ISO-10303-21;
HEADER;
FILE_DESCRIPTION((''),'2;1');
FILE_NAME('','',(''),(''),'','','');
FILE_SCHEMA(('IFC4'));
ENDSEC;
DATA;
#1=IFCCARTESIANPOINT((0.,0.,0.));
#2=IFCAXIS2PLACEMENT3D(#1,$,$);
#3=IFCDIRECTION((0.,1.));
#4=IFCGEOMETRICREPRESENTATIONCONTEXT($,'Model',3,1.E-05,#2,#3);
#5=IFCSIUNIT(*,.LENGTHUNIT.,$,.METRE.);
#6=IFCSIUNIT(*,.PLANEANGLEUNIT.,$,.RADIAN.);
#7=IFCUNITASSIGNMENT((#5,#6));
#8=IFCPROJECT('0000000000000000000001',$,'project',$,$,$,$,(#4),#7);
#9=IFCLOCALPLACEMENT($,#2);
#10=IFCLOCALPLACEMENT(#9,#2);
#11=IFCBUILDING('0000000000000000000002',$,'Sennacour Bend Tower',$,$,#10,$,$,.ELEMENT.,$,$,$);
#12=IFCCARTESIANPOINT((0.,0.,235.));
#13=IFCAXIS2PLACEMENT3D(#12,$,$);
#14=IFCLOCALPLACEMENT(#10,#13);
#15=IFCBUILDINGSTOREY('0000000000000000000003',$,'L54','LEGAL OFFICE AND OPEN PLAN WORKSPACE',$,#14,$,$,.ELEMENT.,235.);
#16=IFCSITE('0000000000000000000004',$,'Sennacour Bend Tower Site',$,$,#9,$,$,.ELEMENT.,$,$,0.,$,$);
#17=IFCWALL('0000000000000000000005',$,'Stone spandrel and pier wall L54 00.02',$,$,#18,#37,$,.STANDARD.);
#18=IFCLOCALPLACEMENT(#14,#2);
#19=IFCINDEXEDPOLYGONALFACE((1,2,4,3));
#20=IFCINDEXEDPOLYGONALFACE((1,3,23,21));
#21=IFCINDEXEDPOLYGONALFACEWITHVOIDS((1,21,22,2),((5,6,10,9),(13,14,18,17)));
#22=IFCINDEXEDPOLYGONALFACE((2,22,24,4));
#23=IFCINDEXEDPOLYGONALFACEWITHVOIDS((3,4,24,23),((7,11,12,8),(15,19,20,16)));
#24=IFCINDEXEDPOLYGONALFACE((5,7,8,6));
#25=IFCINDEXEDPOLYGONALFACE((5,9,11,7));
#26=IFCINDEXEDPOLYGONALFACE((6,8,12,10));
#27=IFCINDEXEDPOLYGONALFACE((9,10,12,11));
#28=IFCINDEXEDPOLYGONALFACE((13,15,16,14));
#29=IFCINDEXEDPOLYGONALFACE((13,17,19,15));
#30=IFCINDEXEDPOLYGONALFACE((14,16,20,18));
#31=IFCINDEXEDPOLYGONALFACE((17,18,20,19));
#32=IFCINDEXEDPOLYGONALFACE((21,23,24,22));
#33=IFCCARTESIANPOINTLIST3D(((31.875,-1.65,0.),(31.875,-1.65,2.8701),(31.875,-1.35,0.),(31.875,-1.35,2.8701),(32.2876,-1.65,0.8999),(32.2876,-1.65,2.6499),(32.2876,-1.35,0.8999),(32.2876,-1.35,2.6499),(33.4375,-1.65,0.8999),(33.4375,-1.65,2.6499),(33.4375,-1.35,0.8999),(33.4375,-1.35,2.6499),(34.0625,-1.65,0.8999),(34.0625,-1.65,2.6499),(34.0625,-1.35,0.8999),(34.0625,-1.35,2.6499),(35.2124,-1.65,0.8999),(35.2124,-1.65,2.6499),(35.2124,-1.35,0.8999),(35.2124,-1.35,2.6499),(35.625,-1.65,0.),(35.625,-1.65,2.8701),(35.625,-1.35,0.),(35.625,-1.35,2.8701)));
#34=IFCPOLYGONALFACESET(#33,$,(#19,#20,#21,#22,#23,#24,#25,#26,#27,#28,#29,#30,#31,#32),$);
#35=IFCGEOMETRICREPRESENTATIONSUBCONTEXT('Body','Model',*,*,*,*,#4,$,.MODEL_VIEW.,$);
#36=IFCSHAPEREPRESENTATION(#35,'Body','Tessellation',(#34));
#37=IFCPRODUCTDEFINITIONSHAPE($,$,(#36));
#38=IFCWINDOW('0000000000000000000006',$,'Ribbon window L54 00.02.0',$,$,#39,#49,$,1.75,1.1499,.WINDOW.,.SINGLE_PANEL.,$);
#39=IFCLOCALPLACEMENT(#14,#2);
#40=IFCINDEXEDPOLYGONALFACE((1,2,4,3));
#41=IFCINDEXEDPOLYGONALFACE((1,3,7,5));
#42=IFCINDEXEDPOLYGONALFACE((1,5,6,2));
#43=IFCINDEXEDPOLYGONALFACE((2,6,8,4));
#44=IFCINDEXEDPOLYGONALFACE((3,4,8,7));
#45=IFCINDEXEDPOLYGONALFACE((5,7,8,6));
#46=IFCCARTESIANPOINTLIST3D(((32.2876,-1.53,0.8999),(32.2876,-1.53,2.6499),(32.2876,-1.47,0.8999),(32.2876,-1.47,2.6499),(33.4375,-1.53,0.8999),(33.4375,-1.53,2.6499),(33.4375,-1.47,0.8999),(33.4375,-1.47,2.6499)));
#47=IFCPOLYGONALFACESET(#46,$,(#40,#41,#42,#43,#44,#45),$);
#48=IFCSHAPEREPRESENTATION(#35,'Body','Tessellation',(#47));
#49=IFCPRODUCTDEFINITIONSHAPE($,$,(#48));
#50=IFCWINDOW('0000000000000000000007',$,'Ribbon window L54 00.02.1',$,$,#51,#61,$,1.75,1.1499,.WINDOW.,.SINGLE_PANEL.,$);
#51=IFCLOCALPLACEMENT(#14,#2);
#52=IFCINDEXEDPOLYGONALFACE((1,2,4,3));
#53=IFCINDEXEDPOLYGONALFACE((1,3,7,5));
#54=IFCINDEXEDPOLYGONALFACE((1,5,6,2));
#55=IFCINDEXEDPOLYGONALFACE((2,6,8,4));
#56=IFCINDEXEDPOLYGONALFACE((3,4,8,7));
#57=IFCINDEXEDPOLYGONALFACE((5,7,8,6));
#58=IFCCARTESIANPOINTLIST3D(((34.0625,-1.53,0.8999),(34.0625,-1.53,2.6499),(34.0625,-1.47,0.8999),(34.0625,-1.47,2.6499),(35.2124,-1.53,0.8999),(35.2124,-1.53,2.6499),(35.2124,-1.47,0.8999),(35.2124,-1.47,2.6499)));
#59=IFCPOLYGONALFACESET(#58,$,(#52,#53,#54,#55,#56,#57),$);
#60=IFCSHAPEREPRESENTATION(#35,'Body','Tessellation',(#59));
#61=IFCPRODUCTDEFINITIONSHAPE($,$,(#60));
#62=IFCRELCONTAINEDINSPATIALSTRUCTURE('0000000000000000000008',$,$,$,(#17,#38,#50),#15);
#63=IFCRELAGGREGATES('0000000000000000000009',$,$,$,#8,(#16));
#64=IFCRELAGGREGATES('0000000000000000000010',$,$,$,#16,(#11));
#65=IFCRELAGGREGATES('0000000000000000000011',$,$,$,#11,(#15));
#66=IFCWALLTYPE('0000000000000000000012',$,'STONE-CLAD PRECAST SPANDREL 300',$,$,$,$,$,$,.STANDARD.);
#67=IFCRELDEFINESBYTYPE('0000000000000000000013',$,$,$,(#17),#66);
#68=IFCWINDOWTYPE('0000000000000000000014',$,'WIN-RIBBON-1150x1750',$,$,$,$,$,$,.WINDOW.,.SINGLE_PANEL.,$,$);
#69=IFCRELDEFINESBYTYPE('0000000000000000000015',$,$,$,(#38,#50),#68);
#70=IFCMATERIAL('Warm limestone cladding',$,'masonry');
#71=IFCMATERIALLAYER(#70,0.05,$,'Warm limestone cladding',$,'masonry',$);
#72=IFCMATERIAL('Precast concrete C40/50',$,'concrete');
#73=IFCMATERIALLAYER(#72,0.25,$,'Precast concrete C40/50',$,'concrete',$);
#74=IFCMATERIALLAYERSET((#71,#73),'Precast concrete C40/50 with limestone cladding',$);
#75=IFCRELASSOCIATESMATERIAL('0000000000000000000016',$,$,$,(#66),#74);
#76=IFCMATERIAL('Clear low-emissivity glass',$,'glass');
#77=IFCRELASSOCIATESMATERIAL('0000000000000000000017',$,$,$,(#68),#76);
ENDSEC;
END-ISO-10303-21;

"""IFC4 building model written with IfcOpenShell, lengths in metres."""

from ifc_helpers import new_model, si_unit, direction, frame, frame_2d, origin, place, context, subcontext, project, spatial, rectangle, extrude, material, layer, layer_set, type_object, element, fill, save


model = new_model("IFC4")

# Units and contexts
model_context = context("Model", 3, precision=1e-05, world=origin(), true_north=direction((0.0, 1.0)))
body_context = subcontext(model_context, "Body", "Model", "MODEL_VIEW")
ifc_project = project(units=[si_unit("LENGTHUNIT", "METRE"), si_unit("PLANEANGLEUNIT", "RADIAN")], contexts=[model_context])

# Site, building, storey
site_placement = place(None, origin())
site = spatial("IfcSite", under=ifc_project, at=site_placement, Name="Sennacour Bend Tower Site", CompositionType="ELEMENT", RefElevation=0.0)
building_placement = place(site_placement, origin())
building = spatial("IfcBuilding", under=site, at=building_placement, Name="Sennacour Bend Tower", CompositionType="ELEMENT")
storey_placement = place(building_placement, frame((0.0, 0.0, 235.0)))
storey = spatial("IfcBuildingStorey", under=building, at=storey_placement, Name="L54", Description="LEGAL OFFICE AND OPEN PLAN WORKSPACE", CompositionType="ELEMENT", Elevation=235.0)

# Wall, openings, windows
ifc_material_1 = material(Name="Warm limestone cladding", Category="masonry")
ifc_layer_1 = layer(ifc_material_1, 0.05, Name="Warm limestone cladding", Category="masonry")
ifc_material_2 = material(Name="Precast concrete C40/50", Category="concrete")
ifc_layer_2 = layer(ifc_material_2, 0.25, Name="Precast concrete C40/50", Category="concrete")
ifc_layer_set_1 = layer_set([ifc_layer_1, ifc_layer_2], Name="Precast concrete C40/50 with limestone cladding")
wall_type_1 = type_object("IfcWallType", Name="STONE-CLAD PRECAST SPANDREL 300", PredefinedType="STANDARD", material=ifc_layer_set_1)
ifc_material_3 = material(Name="Clear low-emissivity glass", Category="glass")
window_type = type_object("IfcWindowType", Name="WIN-RIBBON-1150x1750", PartitioningType="SINGLE_PANEL", PredefinedType="WINDOW", material=ifc_material_3)
wall_1_placement = place(storey_placement, frame((31.875, -1.5, 0.0), z_axis=(0.0, 0.0, 1.0), x_axis=(1.0, 0.0, 0.0)))
wall_1 = element("IfcWall", 1, at=wall_1_placement, inside=storey, type_object=wall_type_1, Name="Stone spandrel and pier wall L54 00.02", PredefinedType="STANDARD", context=body_context, shape_type="SweptSolid", body=[
    extrude(rectangle(XDim=3.75, YDim=0.3, at=frame_2d((1.875, 0.0))), origin(), (0.0, 0.0, 1.0), 2.8701),
])
opening_1_placement = place(wall_1_placement, frame((0.4126, 0.0, 0.8999)))
opening_1 = element("IfcOpeningElement", 2, at=opening_1_placement, cuts=wall_1, PredefinedType="OPENING", context=body_context, shape_type="SweptSolid", body=[
    extrude(rectangle(XDim=1.1499, YDim=1.75, at=frame_2d((0.575, 0.875))), frame((0.0, 0.1602, 0.0), z_axis=(0.0, -1.0, 0.0), x_axis=(1.0, 0.0, 0.0)), (0.0, 0.0, 1.0), 0.3201),
])
opening_2_placement = place(wall_1_placement, frame((2.1875, 0.0, 0.8999)))
opening_2 = element("IfcOpeningElement", 3, at=opening_2_placement, cuts=wall_1, PredefinedType="OPENING", context=body_context, shape_type="SweptSolid", body=[
    extrude(rectangle(XDim=1.1499, YDim=1.75, at=frame_2d((0.575, 0.875))), frame((0.0, 0.1602, 0.0), z_axis=(0.0, -1.0, 0.0), x_axis=(1.0, 0.0, 0.0)), (0.0, 0.0, 1.0), 0.3201),
])
window_1_placement = place(opening_1_placement, origin())
window_1 = element("IfcWindow", 4, at=window_1_placement, inside=storey, type_object=window_type, Name="Ribbon window L54 00.02.0", OverallHeight=1.75, OverallWidth=1.1499, PartitioningType="SINGLE_PANEL", PredefinedType="WINDOW", context=body_context, shape_type="SweptSolid", body=[
    extrude(rectangle(XDim=1.1499, YDim=1.75, at=frame_2d((0.575, 0.875))), frame((0.0, 0.03, 0.0), z_axis=(0.0, -1.0, 0.0), x_axis=(1.0, 0.0, 0.0)), (0.0, 0.0, 1.0), 0.0601),
])
fill(opening_1, window_1)
window_2_placement = place(opening_2_placement, origin())
window_2 = element("IfcWindow", 5, at=window_2_placement, inside=storey, type_object=window_type, Name="Ribbon window L54 00.02.1", OverallHeight=1.75, OverallWidth=1.1499, PartitioningType="SINGLE_PANEL", PredefinedType="WINDOW", context=body_context, shape_type="SweptSolid", body=[
    extrude(rectangle(XDim=1.1499, YDim=1.75, at=frame_2d((0.575, 0.875))), frame((0.0, 0.03, 0.0), z_axis=(0.0, -1.0, 0.0), x_axis=(1.0, 0.0, 0.0)), (0.0, 0.0, 1.0), 0.0601),
])
fill(opening_2, window_2)

save(model, "model.ifc")
